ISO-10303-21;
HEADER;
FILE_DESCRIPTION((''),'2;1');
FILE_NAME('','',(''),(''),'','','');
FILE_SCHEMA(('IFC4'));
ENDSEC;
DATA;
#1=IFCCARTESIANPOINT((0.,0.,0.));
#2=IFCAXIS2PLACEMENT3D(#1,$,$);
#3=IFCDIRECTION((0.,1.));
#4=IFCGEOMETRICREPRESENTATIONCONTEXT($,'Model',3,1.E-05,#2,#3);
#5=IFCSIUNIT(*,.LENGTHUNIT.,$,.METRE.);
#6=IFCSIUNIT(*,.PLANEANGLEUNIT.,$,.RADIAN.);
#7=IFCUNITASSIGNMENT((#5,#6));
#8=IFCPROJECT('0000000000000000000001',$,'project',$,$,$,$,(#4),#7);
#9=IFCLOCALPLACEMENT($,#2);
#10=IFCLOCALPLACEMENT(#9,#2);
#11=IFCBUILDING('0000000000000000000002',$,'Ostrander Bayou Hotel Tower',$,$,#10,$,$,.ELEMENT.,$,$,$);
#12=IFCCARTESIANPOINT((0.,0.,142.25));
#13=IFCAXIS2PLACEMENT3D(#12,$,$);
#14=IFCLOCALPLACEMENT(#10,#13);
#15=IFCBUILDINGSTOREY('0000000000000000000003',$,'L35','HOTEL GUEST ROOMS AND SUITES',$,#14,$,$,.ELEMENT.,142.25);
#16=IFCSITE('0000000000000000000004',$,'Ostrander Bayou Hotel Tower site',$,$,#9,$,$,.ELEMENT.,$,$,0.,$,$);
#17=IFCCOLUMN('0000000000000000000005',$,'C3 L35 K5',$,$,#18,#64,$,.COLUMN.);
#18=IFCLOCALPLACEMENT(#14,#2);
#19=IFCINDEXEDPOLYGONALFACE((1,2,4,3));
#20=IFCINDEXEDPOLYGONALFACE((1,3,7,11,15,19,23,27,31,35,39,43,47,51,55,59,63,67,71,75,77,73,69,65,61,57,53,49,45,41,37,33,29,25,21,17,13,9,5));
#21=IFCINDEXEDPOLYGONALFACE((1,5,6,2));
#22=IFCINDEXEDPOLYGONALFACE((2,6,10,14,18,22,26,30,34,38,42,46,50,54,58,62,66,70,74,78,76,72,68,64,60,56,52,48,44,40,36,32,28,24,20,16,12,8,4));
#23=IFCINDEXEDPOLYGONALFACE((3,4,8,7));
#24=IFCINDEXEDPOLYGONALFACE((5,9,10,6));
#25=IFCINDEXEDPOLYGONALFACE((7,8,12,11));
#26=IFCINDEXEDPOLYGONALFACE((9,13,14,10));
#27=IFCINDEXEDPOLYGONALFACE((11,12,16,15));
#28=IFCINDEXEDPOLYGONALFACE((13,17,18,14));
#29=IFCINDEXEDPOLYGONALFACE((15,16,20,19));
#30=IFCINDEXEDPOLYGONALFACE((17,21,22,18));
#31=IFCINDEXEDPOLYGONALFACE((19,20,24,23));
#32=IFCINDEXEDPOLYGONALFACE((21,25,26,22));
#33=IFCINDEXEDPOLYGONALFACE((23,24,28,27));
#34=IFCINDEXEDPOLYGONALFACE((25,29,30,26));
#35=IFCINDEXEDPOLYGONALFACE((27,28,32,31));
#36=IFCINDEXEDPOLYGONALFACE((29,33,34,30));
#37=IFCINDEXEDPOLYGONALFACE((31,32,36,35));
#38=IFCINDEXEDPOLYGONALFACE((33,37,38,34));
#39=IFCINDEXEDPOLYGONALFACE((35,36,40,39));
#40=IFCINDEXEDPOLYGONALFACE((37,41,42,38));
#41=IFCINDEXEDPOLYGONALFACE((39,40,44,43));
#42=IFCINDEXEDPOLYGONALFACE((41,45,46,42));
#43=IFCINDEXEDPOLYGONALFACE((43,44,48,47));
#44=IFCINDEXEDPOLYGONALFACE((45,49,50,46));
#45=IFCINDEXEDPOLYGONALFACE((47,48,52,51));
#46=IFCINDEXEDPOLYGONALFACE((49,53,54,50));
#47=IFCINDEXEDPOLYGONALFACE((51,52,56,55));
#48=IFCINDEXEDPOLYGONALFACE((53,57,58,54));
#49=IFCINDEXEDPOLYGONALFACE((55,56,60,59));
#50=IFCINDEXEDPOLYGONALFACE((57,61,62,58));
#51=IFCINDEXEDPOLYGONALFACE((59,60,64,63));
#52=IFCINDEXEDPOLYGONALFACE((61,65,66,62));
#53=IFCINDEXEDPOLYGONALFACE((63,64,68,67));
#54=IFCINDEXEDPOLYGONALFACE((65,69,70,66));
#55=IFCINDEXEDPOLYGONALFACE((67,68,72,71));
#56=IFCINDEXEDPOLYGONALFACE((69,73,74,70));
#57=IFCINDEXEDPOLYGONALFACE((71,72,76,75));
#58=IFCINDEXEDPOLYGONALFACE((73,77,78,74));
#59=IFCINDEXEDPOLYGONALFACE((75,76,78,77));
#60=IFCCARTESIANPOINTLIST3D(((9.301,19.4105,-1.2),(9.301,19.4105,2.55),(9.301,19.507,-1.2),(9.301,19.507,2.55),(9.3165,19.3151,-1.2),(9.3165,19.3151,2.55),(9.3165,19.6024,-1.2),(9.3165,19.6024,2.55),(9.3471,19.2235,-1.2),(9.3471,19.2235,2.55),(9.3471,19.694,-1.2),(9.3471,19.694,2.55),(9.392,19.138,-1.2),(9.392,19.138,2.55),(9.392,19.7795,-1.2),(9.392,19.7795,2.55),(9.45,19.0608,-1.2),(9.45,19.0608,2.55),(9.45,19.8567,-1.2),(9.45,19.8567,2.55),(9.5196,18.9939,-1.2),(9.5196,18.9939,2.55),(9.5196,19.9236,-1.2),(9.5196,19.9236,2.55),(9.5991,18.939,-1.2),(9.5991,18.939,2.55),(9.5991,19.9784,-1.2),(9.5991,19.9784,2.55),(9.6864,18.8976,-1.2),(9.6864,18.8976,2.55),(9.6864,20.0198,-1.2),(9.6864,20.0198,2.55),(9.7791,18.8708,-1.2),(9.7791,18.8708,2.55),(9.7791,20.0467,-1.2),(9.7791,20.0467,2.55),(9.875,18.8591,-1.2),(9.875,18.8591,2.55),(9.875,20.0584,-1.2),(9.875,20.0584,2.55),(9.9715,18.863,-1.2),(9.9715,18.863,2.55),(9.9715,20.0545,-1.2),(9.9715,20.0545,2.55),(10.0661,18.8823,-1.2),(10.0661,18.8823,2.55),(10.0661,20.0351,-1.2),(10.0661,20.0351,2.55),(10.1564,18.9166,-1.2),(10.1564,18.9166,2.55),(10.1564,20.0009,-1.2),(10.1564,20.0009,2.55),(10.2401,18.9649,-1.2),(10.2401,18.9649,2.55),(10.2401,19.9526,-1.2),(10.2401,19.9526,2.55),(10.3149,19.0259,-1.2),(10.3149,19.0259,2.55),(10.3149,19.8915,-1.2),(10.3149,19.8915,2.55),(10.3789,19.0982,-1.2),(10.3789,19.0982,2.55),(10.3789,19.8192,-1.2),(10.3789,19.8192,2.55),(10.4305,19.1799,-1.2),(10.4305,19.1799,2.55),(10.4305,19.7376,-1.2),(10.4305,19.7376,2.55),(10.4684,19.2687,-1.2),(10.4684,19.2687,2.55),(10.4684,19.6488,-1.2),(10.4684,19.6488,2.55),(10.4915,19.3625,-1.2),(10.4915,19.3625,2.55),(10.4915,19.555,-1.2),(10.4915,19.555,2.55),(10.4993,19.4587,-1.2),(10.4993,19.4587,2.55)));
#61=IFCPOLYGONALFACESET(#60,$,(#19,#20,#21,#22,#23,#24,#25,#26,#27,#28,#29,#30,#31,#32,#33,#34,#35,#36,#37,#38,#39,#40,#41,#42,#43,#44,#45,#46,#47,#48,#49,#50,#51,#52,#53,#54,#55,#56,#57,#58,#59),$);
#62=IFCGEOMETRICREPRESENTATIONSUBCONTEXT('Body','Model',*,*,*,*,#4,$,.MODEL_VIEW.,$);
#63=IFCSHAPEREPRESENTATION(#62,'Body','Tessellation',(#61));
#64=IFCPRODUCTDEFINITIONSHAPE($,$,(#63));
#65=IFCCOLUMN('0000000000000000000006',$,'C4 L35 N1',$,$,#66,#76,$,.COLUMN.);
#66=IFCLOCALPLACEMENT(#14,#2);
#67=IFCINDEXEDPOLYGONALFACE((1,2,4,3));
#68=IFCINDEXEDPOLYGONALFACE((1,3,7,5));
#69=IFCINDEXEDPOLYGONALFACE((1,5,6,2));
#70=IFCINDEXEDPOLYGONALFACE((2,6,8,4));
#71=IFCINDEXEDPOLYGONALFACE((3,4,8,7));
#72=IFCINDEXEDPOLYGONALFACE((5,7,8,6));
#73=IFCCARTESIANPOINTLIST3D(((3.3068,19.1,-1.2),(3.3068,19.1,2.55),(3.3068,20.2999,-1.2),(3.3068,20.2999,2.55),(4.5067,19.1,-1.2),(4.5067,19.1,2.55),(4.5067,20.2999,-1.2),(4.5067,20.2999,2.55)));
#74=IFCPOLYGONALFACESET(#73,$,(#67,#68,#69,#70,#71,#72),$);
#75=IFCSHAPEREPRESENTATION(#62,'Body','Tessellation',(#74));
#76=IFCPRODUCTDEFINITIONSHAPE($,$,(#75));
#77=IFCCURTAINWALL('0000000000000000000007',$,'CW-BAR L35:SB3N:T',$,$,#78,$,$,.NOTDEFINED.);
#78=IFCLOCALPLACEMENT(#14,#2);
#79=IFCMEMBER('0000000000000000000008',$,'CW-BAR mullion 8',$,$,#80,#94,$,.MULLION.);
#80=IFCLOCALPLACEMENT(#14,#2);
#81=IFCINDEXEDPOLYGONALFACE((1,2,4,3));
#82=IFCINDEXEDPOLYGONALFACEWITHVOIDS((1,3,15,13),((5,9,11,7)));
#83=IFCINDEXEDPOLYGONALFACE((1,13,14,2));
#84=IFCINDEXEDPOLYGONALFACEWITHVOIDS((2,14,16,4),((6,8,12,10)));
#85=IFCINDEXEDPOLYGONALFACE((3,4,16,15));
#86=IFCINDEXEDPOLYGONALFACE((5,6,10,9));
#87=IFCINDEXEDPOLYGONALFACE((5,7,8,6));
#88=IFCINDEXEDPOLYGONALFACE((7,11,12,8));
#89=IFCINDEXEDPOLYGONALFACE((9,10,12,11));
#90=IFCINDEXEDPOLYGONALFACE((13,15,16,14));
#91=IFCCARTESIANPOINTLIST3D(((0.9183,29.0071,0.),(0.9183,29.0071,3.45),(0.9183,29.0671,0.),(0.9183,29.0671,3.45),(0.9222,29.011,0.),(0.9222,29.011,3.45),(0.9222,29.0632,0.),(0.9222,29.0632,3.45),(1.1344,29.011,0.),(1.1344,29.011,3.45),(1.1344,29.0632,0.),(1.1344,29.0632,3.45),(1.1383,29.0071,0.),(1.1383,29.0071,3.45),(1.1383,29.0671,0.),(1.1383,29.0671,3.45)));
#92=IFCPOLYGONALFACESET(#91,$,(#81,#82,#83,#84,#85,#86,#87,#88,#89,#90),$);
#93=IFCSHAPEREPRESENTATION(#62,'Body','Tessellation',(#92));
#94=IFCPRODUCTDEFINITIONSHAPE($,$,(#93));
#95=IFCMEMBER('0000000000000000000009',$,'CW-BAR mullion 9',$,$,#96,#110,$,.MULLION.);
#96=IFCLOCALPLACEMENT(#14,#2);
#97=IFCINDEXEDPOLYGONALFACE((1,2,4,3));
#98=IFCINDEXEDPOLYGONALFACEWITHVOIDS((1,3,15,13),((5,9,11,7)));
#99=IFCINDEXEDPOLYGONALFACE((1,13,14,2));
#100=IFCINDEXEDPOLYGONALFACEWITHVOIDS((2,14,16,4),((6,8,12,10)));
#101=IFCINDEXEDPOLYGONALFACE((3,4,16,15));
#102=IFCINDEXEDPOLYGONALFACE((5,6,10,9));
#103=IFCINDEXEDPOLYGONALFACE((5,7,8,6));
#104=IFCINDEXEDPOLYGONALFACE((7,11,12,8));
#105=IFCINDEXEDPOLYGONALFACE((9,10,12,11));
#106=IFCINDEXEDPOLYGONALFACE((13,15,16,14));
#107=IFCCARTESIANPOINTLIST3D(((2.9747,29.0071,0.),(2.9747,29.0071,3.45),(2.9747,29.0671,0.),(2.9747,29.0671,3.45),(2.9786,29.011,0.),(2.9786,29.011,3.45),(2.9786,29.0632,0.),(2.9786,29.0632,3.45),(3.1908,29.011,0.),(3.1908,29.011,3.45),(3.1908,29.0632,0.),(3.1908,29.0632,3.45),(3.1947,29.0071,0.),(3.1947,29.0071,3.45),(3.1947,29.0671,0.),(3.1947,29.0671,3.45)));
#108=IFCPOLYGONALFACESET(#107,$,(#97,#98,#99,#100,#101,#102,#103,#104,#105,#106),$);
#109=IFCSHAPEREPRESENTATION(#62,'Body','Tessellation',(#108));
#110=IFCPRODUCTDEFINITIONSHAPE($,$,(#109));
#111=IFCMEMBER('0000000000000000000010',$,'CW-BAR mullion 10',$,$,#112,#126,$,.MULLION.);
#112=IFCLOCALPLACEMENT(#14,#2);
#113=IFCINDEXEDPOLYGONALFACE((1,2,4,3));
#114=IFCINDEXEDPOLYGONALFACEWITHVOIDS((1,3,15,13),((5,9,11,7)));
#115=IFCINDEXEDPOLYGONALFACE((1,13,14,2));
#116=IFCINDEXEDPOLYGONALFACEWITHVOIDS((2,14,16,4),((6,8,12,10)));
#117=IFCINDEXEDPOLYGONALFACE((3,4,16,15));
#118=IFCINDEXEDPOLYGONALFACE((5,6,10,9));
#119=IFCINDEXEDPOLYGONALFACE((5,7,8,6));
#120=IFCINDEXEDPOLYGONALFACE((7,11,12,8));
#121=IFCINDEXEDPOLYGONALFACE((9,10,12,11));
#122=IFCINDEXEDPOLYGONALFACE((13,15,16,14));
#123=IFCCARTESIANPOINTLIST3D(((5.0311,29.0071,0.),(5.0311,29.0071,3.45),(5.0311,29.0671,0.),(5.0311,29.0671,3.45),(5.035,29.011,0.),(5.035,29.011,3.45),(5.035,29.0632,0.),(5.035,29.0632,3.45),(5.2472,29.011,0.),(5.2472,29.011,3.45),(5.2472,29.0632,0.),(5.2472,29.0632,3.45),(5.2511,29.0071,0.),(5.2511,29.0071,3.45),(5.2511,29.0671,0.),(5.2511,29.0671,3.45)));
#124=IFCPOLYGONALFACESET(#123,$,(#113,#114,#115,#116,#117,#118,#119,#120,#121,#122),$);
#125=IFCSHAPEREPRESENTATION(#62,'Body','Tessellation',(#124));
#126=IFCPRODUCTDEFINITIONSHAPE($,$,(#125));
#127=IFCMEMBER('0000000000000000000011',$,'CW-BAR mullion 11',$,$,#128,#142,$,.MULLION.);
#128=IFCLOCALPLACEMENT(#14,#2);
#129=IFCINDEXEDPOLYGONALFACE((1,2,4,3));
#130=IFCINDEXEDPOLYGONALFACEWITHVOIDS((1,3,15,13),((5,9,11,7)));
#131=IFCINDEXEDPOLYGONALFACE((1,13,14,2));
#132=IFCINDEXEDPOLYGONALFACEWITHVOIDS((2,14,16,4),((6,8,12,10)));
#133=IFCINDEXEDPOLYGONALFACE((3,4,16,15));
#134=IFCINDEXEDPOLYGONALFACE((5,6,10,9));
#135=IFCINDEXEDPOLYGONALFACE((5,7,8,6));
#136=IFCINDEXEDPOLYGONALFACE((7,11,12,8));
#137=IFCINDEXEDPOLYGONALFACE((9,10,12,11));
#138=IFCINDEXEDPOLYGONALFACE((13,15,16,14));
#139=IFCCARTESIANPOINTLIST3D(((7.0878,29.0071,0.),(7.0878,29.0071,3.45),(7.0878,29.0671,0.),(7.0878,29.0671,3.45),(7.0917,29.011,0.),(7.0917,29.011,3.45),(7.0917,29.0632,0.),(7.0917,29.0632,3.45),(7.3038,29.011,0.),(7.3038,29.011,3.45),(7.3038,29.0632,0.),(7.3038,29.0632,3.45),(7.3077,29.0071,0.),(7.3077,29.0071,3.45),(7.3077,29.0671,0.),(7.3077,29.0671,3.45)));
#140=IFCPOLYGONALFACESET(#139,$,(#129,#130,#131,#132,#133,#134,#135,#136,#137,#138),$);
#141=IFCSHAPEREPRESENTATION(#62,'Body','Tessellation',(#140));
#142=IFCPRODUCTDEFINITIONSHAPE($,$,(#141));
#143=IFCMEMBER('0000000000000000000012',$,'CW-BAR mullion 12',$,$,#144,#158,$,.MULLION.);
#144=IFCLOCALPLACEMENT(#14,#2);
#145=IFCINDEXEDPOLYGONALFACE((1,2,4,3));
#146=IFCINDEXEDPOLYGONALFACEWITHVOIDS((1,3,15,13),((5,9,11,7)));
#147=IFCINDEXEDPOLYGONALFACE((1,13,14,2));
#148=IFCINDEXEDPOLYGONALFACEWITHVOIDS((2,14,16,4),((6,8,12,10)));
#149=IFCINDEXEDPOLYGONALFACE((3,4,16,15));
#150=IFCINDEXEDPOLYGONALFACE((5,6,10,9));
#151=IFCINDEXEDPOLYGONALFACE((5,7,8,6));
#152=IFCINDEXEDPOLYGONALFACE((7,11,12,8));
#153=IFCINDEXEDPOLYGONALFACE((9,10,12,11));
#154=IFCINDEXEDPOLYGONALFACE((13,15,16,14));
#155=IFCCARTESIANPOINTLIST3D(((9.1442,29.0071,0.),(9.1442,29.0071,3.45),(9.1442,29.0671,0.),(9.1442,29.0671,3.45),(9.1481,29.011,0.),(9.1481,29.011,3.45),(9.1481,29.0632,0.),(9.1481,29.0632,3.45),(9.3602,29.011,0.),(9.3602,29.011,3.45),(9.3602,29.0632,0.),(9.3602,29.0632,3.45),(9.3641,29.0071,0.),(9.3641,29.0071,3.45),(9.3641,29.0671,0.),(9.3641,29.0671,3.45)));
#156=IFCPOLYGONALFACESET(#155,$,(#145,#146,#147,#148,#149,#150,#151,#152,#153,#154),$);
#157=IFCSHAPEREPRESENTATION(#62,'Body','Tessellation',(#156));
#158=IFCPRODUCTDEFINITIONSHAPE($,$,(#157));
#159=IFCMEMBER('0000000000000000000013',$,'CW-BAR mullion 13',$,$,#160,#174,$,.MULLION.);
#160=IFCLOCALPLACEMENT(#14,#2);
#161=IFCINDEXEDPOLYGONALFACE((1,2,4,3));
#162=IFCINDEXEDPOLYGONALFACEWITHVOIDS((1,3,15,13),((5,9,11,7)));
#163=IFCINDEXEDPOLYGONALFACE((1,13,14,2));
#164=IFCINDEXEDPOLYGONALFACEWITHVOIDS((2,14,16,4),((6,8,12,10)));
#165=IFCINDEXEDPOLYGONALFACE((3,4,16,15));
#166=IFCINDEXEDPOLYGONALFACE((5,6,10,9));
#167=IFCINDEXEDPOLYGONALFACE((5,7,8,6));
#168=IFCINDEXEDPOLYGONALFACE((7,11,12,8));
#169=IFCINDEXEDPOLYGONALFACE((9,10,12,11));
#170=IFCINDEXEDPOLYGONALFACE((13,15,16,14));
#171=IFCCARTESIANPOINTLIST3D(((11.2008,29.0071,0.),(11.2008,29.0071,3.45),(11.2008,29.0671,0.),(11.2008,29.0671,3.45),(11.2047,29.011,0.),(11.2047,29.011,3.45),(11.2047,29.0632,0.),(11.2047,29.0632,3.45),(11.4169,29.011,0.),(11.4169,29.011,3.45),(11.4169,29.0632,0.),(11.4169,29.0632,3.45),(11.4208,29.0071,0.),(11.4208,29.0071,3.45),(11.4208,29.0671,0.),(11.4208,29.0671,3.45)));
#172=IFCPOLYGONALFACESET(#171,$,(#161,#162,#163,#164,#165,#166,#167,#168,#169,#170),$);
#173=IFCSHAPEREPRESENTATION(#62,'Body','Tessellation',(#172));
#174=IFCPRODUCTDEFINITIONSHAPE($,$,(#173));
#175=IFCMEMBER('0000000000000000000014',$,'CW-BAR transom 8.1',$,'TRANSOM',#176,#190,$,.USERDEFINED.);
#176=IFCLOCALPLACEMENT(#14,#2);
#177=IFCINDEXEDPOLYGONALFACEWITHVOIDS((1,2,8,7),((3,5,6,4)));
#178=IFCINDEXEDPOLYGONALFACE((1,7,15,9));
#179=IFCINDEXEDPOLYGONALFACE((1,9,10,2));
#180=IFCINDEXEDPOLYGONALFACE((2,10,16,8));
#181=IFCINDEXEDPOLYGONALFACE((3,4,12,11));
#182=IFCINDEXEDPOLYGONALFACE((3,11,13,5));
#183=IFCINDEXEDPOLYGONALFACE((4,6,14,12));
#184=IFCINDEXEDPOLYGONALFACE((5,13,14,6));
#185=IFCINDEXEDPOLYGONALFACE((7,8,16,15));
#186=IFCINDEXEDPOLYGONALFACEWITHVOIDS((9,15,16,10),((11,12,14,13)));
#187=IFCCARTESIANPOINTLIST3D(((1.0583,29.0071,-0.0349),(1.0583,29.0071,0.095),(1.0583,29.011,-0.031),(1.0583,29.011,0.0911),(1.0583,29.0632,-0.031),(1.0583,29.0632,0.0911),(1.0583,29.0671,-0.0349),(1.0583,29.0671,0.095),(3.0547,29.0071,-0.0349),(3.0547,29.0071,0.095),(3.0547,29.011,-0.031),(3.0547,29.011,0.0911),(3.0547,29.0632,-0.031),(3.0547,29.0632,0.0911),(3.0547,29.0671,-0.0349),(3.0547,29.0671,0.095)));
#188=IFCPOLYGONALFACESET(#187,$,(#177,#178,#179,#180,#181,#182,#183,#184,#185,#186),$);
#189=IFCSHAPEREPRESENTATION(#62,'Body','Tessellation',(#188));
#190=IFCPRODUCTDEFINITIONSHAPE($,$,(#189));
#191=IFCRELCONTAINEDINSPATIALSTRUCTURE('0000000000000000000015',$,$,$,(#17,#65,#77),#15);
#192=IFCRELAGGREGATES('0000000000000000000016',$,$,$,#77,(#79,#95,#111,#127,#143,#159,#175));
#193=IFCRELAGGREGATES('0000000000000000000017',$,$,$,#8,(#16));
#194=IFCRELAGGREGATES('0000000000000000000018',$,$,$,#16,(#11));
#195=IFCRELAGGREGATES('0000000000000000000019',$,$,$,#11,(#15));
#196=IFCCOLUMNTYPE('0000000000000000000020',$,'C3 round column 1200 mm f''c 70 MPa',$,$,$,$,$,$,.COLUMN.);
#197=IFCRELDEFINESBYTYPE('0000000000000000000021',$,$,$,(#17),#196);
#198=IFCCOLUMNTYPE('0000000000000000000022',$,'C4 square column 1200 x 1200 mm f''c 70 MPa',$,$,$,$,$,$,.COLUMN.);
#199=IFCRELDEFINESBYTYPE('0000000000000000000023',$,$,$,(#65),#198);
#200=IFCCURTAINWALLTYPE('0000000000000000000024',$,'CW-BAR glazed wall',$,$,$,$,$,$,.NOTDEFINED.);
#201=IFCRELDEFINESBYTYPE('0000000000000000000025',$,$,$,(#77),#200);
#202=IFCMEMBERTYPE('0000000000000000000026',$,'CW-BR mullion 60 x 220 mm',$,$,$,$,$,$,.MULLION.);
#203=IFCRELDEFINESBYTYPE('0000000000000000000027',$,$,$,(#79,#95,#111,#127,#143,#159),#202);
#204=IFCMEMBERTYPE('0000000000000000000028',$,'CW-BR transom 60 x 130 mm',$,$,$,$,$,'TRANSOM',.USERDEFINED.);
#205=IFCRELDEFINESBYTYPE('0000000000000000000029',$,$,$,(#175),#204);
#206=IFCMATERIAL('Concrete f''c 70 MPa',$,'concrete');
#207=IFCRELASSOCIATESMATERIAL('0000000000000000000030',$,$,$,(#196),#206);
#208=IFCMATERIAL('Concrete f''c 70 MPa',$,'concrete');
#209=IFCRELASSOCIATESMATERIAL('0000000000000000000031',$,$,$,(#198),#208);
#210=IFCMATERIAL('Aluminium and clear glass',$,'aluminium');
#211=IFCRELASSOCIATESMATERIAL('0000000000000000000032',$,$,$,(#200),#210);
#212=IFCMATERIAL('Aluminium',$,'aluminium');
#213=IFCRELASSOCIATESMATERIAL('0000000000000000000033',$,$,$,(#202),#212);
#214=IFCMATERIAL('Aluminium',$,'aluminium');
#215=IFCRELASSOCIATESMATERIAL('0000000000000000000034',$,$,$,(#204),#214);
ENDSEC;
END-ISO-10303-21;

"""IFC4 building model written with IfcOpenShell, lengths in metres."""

from ifc_helpers import new_model, si_unit, direction, frame, origin, origin_2d, place, context, subcontext, project, spatial, rectangle, hollow_rectangle, circle, extrude, material, material_profile, profile_set, type_object, element, aggregate, save


model = new_model("IFC4")

# Units and contexts
model_context = context("Model", 3, precision=1e-05, world=origin(), true_north=direction((0.0, 1.0)))
body_context = subcontext(model_context, "Body", "Model", "MODEL_VIEW")
ifc_project = project(units=[si_unit("LENGTHUNIT", "METRE"), si_unit("PLANEANGLEUNIT", "RADIAN")], contexts=[model_context])

# Site, building, storey
site_placement = place(None, origin())
site = spatial("IfcSite", under=ifc_project, at=site_placement, Name="Ostrander Bayou Hotel Tower site", CompositionType="ELEMENT", RefElevation=0.0)
building_placement = place(site_placement, origin())
building = spatial("IfcBuilding", under=site, at=building_placement, Name="Ostrander Bayou Hotel Tower", CompositionType="ELEMENT")
storey_placement = place(building_placement, frame((0.0, 0.0, 142.25)))
storey = spatial("IfcBuildingStorey", under=building, at=storey_placement, Name="L35", Description="HOTEL GUEST ROOMS AND SUITES", CompositionType="ELEMENT", Elevation=142.25)

# Columns
ifc_material_1 = material(Name="Concrete f'c 70 MPa", Category="concrete")
ifc_material_profile_1 = material_profile(ifc_material_1, circle(Radius=0.6001, at=origin_2d()))
ifc_profile_set_1 = profile_set([ifc_material_profile_1], Name="Concrete f'c 70 MPa")
column_type_1 = type_object("IfcColumnType", Name="C3 round column 1200 mm f'c 70 MPa", PredefinedType="COLUMN", material=ifc_profile_set_1)
column_1_placement = place(storey_placement, frame((9.8992, 19.4587, -1.2), z_axis=(0.0, 0.0, 1.0), x_axis=(1.0, 0.0, 0.0)))
element("IfcColumn", 1, at=column_1_placement, inside=storey, type_object=column_type_1, Name="C3 L35 K5", PredefinedType="COLUMN", context=body_context, shape_type="SweptSolid", body=[
    extrude(circle(Radius=0.6001, at=origin_2d()), origin(), (0.0, 0.0, 1.0), 3.75),
])
ifc_material_2 = material(Name="Concrete f'c 70 MPa", Category="concrete")
ifc_material_profile_2 = material_profile(ifc_material_2, rectangle(XDim=1.2, YDim=1.2, at=origin_2d()))
ifc_profile_set_2 = profile_set([ifc_material_profile_2], Name="Concrete f'c 70 MPa")
column_type_2 = type_object("IfcColumnType", Name="C4 square column 1200 x 1200 mm f'c 70 MPa", PredefinedType="COLUMN", material=ifc_profile_set_2)
column_2_placement = place(storey_placement, frame((3.9067, 19.7, -1.2), z_axis=(0.0, 0.0, 1.0), x_axis=(1.0, 0.0, 0.0)))
element("IfcColumn", 2, at=column_2_placement, inside=storey, type_object=column_type_2, Name="C4 L35 N1", PredefinedType="COLUMN", context=body_context, shape_type="SweptSolid", body=[
    extrude(rectangle(XDim=1.2, YDim=1.2, at=origin_2d()), origin(), (0.0, 0.0, 1.0), 3.75),
])

# Curtain wall, members
ifc_material_3 = material(Name="Aluminium and clear glass", Category="aluminium")
curtain_wall_type = type_object("IfcCurtainWallType", Name="CW-BAR glazed wall", PredefinedType="NOTDEFINED", material=ifc_material_3)
curtain_wall_placement = place(storey_placement, origin())
curtain_wall = element("IfcCurtainWall", 3, at=curtain_wall_placement, inside=storey, type_object=curtain_wall_type, Name="CW-BAR L35:SB3N:T", PredefinedType="NOTDEFINED")
ifc_material_4 = material(Name="Aluminium", Category="aluminium")
ifc_material_profile_3 = material_profile(ifc_material_4, hollow_rectangle(XDim=0.0601, YDim=0.22, WallThickness=0.0039, at=origin_2d()))
ifc_profile_set_3 = profile_set([ifc_material_profile_3], Name="Aluminium")
member_type_1 = type_object("IfcMemberType", Name="CW-BR mullion 60 x 220 mm", PredefinedType="MULLION", material=ifc_profile_set_3)
member_1_placement = place(storey_placement, frame((1.0283, 29.0371, 0.0), z_axis=(0.0, 0.0, 1.0), x_axis=(0.0, 1.0, 0.0)))
member_1 = element("IfcMember", 4, at=member_1_placement, type_object=member_type_1, Name="CW-BAR mullion 8", PredefinedType="MULLION", context=body_context, shape_type="SweptSolid", body=[
    extrude(hollow_rectangle(XDim=0.0601, YDim=0.22, WallThickness=0.0039, at=origin_2d()), origin(), (0.0, 0.0, 1.0), 3.45),
])
member_2_placement = place(storey_placement, frame((3.0847, 29.0371, 0.0), z_axis=(0.0, 0.0, 1.0), x_axis=(0.0, 1.0, 0.0)))
member_2 = element("IfcMember", 5, at=member_2_placement, type_object=member_type_1, Name="CW-BAR mullion 9", PredefinedType="MULLION", context=body_context, shape_type="SweptSolid", body=[
    extrude(hollow_rectangle(XDim=0.0601, YDim=0.22, WallThickness=0.0039, at=origin_2d()), origin(), (0.0, 0.0, 1.0), 3.45),
])
member_3_placement = place(storey_placement, frame((5.1411, 29.0371, 0.0), z_axis=(0.0, 0.0, 1.0), x_axis=(0.0, 1.0, 0.0)))
member_3 = element("IfcMember", 6, at=member_3_placement, type_object=member_type_1, Name="CW-BAR mullion 10", PredefinedType="MULLION", context=body_context, shape_type="SweptSolid", body=[
    extrude(hollow_rectangle(XDim=0.0601, YDim=0.22, WallThickness=0.0039, at=origin_2d()), origin(), (0.0, 0.0, 1.0), 3.45),
])
member_4_placement = place(storey_placement, frame((7.1978, 29.0371, 0.0), z_axis=(0.0, 0.0, 1.0), x_axis=(0.0, 1.0, 0.0)))
member_4 = element("IfcMember", 7, at=member_4_placement, type_object=member_type_1, Name="CW-BAR mullion 11", PredefinedType="MULLION", context=body_context, shape_type="SweptSolid", body=[
    extrude(hollow_rectangle(XDim=0.0601, YDim=0.22, WallThickness=0.0039, at=origin_2d()), origin(), (0.0, 0.0, 1.0), 3.45),
])
member_5_placement = place(storey_placement, frame((9.2542, 29.0371, 0.0), z_axis=(0.0, 0.0, 1.0), x_axis=(0.0, 1.0, 0.0)))
member_5 = element("IfcMember", 8, at=member_5_placement, type_object=member_type_1, Name="CW-BAR mullion 12", PredefinedType="MULLION", context=body_context, shape_type="SweptSolid", body=[
    extrude(hollow_rectangle(XDim=0.0601, YDim=0.22, WallThickness=0.0039, at=origin_2d()), origin(), (0.0, 0.0, 1.0), 3.45),
])
member_6_placement = place(storey_placement, frame((11.3108, 29.0371, 0.0), z_axis=(0.0, 0.0, 1.0), x_axis=(0.0, 1.0, 0.0)))
member_6 = element("IfcMember", 9, at=member_6_placement, type_object=member_type_1, Name="CW-BAR mullion 13", PredefinedType="MULLION", context=body_context, shape_type="SweptSolid", body=[
    extrude(hollow_rectangle(XDim=0.0601, YDim=0.22, WallThickness=0.0039, at=origin_2d()), origin(), (0.0, 0.0, 1.0), 3.45),
])
ifc_material_5 = material(Name="Aluminium", Category="aluminium")
ifc_material_profile_4 = material_profile(ifc_material_5, hollow_rectangle(XDim=0.0601, YDim=0.1299, WallThickness=0.0039, at=origin_2d()))
ifc_profile_set_4 = profile_set([ifc_material_profile_4], Name="Aluminium")
member_type_2 = type_object("IfcMemberType", Name="CW-BR transom 60 x 130 mm", ElementType="TRANSOM", PredefinedType="USERDEFINED", material=ifc_profile_set_4)
member_7_placement = place(storey_placement, frame((1.0583, 29.0371, 0.03), z_axis=(1.0, 0.0, 0.0), x_axis=(0.0, 1.0, 0.0)))
member_7 = element("IfcMember", 10, at=member_7_placement, type_object=member_type_2, Name="CW-BAR transom 8.1", ObjectType="TRANSOM", PredefinedType="USERDEFINED", context=body_context, shape_type="SweptSolid", body=[
    extrude(hollow_rectangle(XDim=0.0601, YDim=0.1299, WallThickness=0.0039, at=origin_2d()), origin(), (0.0, 0.0, 1.0), 1.9963),
])
aggregate(curtain_wall, [member_1, member_2, member_3, member_4, member_5, member_6, member_7])

save(model, "model.ifc")
